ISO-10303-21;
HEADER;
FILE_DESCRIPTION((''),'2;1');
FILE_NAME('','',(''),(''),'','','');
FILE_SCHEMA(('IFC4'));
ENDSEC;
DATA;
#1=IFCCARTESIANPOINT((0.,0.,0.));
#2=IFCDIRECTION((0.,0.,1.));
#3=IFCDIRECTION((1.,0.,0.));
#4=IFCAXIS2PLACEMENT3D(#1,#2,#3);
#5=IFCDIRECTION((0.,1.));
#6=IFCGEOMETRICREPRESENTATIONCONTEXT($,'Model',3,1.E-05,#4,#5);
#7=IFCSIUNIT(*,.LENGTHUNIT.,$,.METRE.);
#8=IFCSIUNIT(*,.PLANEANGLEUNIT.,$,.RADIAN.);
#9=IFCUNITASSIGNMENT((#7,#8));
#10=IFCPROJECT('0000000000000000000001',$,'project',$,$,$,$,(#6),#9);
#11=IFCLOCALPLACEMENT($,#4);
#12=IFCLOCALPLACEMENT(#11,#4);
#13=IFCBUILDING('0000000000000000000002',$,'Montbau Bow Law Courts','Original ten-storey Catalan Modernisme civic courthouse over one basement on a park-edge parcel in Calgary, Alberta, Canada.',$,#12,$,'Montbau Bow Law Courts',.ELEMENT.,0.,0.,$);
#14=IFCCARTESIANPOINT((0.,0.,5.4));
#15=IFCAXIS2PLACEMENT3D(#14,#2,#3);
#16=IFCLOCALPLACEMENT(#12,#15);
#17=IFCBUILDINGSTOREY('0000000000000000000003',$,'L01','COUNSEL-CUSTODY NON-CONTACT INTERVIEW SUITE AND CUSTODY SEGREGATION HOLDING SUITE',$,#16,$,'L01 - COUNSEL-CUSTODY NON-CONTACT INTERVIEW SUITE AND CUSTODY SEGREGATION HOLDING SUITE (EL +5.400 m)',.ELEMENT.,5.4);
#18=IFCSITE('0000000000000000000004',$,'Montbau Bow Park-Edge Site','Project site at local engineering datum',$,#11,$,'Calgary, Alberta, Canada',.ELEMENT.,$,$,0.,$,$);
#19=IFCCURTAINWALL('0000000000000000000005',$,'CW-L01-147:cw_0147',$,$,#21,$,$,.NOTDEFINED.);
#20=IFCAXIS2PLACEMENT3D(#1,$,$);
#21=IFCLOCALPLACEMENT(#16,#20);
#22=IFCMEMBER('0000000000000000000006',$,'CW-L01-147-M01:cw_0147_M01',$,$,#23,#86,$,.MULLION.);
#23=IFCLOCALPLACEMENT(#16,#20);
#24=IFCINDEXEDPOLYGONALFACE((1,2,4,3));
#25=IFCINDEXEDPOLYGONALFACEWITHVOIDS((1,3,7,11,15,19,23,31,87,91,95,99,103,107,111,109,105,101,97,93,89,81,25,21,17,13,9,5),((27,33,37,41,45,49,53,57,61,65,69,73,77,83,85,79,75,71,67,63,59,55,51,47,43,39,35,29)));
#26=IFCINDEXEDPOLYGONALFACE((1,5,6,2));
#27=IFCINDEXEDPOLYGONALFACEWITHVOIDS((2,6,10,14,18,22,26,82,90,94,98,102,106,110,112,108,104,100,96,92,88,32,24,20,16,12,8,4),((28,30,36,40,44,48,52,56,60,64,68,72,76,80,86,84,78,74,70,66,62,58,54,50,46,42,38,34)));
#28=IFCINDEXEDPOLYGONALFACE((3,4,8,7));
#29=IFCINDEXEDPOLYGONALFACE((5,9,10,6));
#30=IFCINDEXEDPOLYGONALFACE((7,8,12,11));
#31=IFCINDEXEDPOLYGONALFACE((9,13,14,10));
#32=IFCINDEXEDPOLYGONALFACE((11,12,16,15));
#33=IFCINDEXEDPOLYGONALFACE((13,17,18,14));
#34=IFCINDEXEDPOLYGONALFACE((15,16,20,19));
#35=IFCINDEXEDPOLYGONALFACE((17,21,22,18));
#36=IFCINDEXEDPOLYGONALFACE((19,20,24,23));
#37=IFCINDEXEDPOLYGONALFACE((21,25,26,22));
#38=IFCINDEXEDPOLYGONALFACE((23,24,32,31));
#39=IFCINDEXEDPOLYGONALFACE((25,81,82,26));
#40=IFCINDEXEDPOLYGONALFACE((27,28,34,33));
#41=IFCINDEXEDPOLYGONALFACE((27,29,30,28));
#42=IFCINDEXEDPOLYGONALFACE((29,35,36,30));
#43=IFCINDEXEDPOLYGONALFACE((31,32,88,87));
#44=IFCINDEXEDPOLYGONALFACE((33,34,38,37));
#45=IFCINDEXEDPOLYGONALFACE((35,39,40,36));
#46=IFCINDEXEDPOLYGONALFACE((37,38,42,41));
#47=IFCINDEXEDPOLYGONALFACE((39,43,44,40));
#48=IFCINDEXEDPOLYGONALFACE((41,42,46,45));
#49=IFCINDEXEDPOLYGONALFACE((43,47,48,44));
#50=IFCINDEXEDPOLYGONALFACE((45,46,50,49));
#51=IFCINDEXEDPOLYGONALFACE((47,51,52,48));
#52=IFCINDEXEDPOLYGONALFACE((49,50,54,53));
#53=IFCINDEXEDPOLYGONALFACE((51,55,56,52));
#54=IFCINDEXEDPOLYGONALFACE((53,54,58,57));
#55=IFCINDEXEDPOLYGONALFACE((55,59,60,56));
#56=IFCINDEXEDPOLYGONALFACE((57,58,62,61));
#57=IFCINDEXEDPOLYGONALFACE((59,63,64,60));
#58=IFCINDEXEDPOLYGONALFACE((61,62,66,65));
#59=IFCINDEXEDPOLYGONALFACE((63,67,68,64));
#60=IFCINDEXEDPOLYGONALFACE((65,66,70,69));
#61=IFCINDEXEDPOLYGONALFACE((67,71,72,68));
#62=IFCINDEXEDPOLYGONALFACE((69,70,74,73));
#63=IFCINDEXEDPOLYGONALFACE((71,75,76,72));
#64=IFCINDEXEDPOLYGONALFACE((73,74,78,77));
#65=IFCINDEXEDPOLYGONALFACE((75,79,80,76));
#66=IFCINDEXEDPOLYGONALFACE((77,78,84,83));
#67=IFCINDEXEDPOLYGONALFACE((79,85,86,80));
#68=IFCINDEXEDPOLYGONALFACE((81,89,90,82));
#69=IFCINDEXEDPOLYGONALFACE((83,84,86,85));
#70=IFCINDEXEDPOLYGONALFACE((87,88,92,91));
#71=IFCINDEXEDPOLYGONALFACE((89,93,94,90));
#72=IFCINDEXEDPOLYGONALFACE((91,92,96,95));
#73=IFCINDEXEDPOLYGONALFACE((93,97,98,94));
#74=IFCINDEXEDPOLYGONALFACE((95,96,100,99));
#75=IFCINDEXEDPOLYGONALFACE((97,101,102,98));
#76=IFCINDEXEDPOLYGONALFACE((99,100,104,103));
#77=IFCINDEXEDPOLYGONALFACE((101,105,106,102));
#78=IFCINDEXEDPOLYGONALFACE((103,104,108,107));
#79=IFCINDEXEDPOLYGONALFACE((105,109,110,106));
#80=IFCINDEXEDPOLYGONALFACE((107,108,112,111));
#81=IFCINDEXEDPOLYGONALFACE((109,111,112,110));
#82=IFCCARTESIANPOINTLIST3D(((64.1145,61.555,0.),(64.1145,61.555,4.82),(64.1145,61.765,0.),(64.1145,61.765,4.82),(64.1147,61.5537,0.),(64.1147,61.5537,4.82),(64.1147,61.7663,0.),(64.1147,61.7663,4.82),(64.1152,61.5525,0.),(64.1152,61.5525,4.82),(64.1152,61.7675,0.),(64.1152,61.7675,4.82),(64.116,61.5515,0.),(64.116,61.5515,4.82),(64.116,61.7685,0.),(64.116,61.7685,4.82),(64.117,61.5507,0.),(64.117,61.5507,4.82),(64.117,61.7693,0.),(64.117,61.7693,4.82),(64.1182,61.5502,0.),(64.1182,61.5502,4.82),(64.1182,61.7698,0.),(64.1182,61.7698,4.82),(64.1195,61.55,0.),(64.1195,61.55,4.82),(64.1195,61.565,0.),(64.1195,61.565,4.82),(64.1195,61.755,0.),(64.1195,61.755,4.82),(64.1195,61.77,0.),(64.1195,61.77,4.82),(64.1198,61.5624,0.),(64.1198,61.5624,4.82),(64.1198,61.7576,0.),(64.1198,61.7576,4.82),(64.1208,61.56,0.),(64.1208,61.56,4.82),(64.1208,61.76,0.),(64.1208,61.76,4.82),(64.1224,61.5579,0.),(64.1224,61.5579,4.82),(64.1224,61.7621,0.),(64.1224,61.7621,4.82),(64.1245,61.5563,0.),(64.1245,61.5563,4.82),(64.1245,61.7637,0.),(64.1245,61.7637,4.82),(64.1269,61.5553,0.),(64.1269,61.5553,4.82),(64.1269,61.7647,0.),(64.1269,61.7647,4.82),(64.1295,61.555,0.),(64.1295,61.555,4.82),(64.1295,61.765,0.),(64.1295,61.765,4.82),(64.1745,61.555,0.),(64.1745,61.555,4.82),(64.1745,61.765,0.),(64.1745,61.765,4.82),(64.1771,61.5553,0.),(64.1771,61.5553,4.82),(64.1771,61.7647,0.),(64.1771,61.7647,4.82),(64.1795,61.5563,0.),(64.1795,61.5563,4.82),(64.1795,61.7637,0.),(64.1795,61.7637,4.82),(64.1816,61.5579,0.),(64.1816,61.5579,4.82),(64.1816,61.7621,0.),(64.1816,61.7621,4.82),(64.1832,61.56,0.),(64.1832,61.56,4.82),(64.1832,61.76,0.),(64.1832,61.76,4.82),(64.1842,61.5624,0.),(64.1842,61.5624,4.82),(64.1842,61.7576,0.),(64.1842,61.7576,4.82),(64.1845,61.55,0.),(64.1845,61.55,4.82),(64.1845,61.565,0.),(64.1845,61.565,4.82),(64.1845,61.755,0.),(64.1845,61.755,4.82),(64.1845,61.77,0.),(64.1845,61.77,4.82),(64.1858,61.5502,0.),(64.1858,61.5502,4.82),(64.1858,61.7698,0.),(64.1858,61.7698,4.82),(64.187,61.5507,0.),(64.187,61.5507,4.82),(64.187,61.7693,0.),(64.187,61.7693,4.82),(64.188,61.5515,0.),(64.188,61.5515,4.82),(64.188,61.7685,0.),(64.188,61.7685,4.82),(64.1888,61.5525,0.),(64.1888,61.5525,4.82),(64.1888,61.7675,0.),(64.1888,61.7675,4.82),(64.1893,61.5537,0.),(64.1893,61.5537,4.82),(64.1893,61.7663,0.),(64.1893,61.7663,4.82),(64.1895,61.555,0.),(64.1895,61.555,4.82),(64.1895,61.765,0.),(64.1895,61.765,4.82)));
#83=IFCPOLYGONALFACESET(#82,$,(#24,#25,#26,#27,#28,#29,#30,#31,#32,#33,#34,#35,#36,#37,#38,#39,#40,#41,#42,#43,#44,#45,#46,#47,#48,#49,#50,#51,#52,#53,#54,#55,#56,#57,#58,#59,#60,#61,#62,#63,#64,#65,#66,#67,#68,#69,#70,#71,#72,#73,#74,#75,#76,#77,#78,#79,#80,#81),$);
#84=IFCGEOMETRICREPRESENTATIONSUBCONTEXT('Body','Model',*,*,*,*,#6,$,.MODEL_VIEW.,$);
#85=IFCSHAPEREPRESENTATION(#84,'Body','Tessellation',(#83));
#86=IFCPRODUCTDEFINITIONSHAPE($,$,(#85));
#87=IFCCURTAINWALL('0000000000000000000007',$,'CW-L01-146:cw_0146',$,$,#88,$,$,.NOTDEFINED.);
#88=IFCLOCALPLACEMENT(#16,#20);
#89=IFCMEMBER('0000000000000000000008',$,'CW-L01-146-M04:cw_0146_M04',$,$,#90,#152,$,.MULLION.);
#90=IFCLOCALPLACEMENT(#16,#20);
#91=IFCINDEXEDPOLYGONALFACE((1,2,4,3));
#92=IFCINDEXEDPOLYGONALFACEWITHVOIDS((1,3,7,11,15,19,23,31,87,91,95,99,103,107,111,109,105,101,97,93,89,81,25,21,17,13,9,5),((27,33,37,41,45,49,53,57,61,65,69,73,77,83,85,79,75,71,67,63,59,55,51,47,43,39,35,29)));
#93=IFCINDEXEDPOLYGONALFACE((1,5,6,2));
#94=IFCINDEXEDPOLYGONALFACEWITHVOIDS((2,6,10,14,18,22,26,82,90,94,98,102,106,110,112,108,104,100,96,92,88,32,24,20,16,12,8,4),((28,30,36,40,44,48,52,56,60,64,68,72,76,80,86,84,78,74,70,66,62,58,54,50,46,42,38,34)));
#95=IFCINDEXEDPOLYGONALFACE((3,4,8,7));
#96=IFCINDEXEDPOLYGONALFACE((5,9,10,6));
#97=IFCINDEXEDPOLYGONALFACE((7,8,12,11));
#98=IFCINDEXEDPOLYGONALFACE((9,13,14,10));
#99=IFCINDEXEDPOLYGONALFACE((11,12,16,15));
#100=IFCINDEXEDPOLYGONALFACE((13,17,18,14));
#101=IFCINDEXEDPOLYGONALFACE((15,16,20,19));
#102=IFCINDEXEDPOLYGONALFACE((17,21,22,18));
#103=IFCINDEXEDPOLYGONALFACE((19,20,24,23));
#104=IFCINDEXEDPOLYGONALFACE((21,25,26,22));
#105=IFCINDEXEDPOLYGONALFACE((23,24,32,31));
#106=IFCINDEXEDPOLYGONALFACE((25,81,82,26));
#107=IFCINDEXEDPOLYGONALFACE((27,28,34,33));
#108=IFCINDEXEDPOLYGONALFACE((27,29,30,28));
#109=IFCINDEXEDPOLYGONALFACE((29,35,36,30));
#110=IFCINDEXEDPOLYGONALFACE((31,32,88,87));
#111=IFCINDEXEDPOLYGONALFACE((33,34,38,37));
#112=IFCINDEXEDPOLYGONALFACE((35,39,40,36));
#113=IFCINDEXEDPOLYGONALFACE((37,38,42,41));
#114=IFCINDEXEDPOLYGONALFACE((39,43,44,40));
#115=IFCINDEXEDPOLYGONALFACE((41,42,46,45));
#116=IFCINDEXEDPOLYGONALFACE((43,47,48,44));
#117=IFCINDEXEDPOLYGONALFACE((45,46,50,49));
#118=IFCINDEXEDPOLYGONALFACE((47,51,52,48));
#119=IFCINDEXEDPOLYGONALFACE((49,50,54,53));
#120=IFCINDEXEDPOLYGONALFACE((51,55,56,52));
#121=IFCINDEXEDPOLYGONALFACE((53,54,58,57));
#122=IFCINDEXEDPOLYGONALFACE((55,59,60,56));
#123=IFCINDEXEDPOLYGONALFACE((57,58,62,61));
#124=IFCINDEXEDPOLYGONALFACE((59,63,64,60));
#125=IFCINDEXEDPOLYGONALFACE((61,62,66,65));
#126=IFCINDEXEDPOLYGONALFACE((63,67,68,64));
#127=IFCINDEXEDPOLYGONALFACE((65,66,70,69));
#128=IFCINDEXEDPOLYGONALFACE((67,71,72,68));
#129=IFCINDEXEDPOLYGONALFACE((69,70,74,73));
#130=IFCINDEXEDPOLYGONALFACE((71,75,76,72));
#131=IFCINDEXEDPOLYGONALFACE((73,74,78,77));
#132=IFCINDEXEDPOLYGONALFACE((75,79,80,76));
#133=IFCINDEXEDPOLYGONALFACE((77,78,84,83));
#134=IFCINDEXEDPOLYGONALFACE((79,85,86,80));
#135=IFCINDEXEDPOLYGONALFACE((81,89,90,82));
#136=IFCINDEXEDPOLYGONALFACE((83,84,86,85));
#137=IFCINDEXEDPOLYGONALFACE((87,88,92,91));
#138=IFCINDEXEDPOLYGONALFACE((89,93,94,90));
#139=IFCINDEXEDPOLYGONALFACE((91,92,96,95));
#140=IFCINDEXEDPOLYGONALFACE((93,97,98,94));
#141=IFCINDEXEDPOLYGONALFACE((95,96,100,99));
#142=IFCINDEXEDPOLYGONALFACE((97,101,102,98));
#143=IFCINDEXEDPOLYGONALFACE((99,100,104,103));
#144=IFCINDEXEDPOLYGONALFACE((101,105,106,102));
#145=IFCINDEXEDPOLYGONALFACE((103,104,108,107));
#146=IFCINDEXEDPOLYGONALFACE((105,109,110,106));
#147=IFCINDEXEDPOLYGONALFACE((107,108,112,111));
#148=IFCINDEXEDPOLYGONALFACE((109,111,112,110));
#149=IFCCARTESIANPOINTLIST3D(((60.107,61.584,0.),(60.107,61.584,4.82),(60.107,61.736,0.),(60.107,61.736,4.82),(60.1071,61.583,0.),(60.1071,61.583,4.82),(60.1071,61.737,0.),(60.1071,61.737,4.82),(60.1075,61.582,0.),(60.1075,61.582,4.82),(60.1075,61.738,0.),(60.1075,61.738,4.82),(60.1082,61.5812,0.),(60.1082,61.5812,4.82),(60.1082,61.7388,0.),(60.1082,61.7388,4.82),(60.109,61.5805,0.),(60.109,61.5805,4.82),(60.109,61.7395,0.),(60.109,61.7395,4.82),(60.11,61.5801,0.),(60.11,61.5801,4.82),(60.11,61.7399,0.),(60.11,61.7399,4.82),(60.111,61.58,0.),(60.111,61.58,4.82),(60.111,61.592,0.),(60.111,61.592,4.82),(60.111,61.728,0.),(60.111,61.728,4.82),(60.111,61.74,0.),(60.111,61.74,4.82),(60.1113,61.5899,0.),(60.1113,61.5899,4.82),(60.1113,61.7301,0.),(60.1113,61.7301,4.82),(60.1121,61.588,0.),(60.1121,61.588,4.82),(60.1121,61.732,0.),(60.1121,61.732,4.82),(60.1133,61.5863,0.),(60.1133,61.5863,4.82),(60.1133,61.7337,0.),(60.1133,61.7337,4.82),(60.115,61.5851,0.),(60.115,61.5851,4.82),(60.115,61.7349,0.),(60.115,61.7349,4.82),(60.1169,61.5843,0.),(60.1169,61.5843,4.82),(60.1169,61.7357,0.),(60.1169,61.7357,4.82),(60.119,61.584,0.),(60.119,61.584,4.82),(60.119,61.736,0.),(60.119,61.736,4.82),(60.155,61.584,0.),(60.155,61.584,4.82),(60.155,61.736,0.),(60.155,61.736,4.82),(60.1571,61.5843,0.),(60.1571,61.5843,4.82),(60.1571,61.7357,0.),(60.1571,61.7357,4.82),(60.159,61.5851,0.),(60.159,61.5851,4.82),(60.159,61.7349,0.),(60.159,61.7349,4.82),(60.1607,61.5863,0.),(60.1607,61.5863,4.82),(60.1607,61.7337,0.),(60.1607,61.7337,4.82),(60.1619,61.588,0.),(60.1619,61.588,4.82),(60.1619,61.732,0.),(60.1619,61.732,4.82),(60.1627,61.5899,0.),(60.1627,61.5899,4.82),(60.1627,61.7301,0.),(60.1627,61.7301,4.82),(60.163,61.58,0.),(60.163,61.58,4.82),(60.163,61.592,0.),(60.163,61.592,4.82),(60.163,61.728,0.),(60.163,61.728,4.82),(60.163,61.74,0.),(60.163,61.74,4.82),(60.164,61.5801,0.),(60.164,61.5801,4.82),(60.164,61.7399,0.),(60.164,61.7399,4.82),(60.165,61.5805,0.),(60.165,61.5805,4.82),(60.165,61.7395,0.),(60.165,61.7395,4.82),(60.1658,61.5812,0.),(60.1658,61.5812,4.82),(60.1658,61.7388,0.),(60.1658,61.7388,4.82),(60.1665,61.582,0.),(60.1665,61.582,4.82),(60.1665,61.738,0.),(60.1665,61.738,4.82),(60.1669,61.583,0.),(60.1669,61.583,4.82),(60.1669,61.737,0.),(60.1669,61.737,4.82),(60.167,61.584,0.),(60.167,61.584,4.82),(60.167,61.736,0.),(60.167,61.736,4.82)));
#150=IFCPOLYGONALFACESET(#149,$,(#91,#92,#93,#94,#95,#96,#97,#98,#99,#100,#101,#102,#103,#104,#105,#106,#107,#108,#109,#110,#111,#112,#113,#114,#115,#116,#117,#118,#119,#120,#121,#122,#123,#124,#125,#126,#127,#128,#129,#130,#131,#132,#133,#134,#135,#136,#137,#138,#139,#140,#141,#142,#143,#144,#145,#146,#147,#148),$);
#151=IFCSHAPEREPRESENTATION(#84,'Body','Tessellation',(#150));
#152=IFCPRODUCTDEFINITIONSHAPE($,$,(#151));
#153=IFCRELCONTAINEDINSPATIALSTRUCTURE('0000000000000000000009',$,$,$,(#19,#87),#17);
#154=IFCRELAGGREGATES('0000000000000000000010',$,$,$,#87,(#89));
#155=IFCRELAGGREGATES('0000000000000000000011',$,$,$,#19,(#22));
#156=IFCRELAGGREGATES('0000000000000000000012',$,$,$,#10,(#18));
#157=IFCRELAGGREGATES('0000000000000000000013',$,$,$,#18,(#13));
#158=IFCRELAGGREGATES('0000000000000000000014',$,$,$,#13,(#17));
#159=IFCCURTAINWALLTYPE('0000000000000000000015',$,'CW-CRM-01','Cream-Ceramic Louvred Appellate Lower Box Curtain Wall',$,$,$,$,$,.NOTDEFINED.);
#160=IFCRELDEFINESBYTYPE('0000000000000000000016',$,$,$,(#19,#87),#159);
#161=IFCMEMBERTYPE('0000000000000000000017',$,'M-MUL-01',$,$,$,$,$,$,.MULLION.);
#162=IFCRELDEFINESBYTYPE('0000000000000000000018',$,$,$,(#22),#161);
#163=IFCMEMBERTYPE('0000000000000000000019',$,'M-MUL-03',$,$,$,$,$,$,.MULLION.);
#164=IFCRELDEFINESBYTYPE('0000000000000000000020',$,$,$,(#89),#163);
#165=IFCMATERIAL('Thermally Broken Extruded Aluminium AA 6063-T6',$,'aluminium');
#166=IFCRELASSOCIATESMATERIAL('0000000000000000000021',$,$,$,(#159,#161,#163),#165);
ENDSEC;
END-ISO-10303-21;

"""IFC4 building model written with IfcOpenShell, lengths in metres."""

from ifc_helpers import new_model, si_unit, direction, frame, origin_with_axes, origin_2d_with_axis, place, context, subcontext, project, spatial, hollow_rectangle, extrude, material, material_profile, profile_set, type_object, element, aggregate, save


model = new_model("IFC4")

# Units and contexts
model_context = context("Model", 3, precision=1e-05, world=origin_with_axes(), true_north=direction((0.0, 1.0)))
body_context = subcontext(model_context, "Body", "Model", "MODEL_VIEW")
ifc_project = project(units=[si_unit("LENGTHUNIT", "METRE"), si_unit("PLANEANGLEUNIT", "RADIAN")], contexts=[model_context])

# Site, building, storey
site_placement = place(None, origin_with_axes())
site = spatial("IfcSite", under=ifc_project, at=site_placement, Name="Montbau Bow Park-Edge Site", Description="Project site at local engineering datum", LongName="Calgary, Alberta, Canada", CompositionType="ELEMENT", RefElevation=0.0)
building_placement = place(site_placement, origin_with_axes())
building = spatial("IfcBuilding", under=site, at=building_placement, Name="Montbau Bow Law Courts", Description="Original ten-storey Catalan Modernisme civic courthouse over one basement on a park-edge parcel in Calgary, Alberta, Canada.", LongName="Montbau Bow Law Courts", CompositionType="ELEMENT", ElevationOfRefHeight=0.0, ElevationOfTerrain=0.0)
storey_placement = place(building_placement, frame((0.0, 0.0, 5.4), z_axis=(0.0, 0.0, 1.0), x_axis=(1.0, 0.0, 0.0)))
storey = spatial("IfcBuildingStorey", under=building, at=storey_placement, Name="L01", Description="COUNSEL-CUSTODY NON-CONTACT INTERVIEW SUITE AND CUSTODY SEGREGATION HOLDING SUITE", LongName="L01 - COUNSEL-CUSTODY NON-CONTACT INTERVIEW SUITE AND CUSTODY SEGREGATION HOLDING SUITE (EL +5.400 m)", CompositionType="ELEMENT", Elevation=5.4)

# Curtain wall, member
ifc_material_1 = material(Name="Thermally Broken Extruded Aluminium AA 6063-T6", Category="aluminium")
curtain_wall_type = type_object("IfcCurtainWallType", Name="CW-CRM-01", Description="Cream-Ceramic Louvred Appellate Lower Box Curtain Wall", PredefinedType="NOTDEFINED", material=ifc_material_1)
curtain_wall_1_placement = place(None, frame((64.115, 61.66, 5.4), z_axis=(0.0, 0.0, 1.0), x_axis=(1.0, 0.0, 0.0)))
curtain_wall_1 = element("IfcCurtainWall", 1, at=curtain_wall_1_placement, inside=storey, type_object=curtain_wall_type, Name="CW-L01-147:cw_0147", PredefinedType="NOTDEFINED")
ifc_material_profile_1 = material_profile(ifc_material_1, hollow_rectangle(XDim=0.075, YDim=0.22, WallThickness=0.005, InnerFilletRadius=0.01, OuterFilletRadius=0.005, at=origin_2d_with_axis()), Name="CWM-220X75", Category="Main", Priority=0)
ifc_profile_set_1 = profile_set([ifc_material_profile_1], Name="Thermally Broken Extruded Aluminium AA 6063-T6")
member_type_1 = type_object("IfcMemberType", Name="M-MUL-01", PredefinedType="MULLION", material=ifc_profile_set_1)
member_1_placement = place(None, frame((64.152, 61.66, 5.4), z_axis=(0.0, 0.0, 1.0), x_axis=(1.0, 0.0, 0.0)))
member_1 = element("IfcMember", 2, at=member_1_placement, type_object=member_type_1, Name="CW-L01-147-M01:cw_0147_M01", PredefinedType="MULLION", context=body_context, shape_type="SweptSolid", body=[
    extrude(hollow_rectangle(XDim=0.075, YDim=0.22, WallThickness=0.005, InnerFilletRadius=0.01, OuterFilletRadius=0.005, at=origin_2d_with_axis()), origin_with_axes(), (0.0, 0.0, 1.0), 4.82),
])

# Curtain wall, member
curtain_wall_2_placement = place(None, frame((55.715, 61.66, 5.4), z_axis=(0.0, 0.0, 1.0), x_axis=(1.0, 0.0, 0.0)))
curtain_wall_2 = element("IfcCurtainWall", 3, at=curtain_wall_2_placement, inside=storey, type_object=curtain_wall_type, Name="CW-L01-146:cw_0146", PredefinedType="NOTDEFINED")
ifc_material_profile_2 = material_profile(ifc_material_1, hollow_rectangle(XDim=0.06, YDim=0.16, WallThickness=0.004, InnerFilletRadius=0.008, OuterFilletRadius=0.004, at=origin_2d_with_axis()), Name="CWM-160X60", Category="Main", Priority=0)
ifc_profile_set_2 = profile_set([ifc_material_profile_2], Name="Thermally Broken Extruded Aluminium AA 6063-T6")
member_type_2 = type_object("IfcMemberType", Name="M-MUL-03", PredefinedType="MULLION", material=ifc_profile_set_2)
member_2_placement = place(None, frame((60.137, 61.66, 5.4), z_axis=(0.0, 0.0, 1.0), x_axis=(1.0, 0.0, 0.0)))
member_2 = element("IfcMember", 4, at=member_2_placement, type_object=member_type_2, Name="CW-L01-146-M04:cw_0146_M04", PredefinedType="MULLION", context=body_context, shape_type="SweptSolid", body=[
    extrude(hollow_rectangle(XDim=0.06, YDim=0.16, WallThickness=0.004, InnerFilletRadius=0.008, OuterFilletRadius=0.004, at=origin_2d_with_axis()), origin_with_axes(), (0.0, 0.0, 1.0), 4.82),
])
aggregate(curtain_wall_2, [member_2])

aggregate(curtain_wall_1, [member_1])

save(model, "model.ifc")
